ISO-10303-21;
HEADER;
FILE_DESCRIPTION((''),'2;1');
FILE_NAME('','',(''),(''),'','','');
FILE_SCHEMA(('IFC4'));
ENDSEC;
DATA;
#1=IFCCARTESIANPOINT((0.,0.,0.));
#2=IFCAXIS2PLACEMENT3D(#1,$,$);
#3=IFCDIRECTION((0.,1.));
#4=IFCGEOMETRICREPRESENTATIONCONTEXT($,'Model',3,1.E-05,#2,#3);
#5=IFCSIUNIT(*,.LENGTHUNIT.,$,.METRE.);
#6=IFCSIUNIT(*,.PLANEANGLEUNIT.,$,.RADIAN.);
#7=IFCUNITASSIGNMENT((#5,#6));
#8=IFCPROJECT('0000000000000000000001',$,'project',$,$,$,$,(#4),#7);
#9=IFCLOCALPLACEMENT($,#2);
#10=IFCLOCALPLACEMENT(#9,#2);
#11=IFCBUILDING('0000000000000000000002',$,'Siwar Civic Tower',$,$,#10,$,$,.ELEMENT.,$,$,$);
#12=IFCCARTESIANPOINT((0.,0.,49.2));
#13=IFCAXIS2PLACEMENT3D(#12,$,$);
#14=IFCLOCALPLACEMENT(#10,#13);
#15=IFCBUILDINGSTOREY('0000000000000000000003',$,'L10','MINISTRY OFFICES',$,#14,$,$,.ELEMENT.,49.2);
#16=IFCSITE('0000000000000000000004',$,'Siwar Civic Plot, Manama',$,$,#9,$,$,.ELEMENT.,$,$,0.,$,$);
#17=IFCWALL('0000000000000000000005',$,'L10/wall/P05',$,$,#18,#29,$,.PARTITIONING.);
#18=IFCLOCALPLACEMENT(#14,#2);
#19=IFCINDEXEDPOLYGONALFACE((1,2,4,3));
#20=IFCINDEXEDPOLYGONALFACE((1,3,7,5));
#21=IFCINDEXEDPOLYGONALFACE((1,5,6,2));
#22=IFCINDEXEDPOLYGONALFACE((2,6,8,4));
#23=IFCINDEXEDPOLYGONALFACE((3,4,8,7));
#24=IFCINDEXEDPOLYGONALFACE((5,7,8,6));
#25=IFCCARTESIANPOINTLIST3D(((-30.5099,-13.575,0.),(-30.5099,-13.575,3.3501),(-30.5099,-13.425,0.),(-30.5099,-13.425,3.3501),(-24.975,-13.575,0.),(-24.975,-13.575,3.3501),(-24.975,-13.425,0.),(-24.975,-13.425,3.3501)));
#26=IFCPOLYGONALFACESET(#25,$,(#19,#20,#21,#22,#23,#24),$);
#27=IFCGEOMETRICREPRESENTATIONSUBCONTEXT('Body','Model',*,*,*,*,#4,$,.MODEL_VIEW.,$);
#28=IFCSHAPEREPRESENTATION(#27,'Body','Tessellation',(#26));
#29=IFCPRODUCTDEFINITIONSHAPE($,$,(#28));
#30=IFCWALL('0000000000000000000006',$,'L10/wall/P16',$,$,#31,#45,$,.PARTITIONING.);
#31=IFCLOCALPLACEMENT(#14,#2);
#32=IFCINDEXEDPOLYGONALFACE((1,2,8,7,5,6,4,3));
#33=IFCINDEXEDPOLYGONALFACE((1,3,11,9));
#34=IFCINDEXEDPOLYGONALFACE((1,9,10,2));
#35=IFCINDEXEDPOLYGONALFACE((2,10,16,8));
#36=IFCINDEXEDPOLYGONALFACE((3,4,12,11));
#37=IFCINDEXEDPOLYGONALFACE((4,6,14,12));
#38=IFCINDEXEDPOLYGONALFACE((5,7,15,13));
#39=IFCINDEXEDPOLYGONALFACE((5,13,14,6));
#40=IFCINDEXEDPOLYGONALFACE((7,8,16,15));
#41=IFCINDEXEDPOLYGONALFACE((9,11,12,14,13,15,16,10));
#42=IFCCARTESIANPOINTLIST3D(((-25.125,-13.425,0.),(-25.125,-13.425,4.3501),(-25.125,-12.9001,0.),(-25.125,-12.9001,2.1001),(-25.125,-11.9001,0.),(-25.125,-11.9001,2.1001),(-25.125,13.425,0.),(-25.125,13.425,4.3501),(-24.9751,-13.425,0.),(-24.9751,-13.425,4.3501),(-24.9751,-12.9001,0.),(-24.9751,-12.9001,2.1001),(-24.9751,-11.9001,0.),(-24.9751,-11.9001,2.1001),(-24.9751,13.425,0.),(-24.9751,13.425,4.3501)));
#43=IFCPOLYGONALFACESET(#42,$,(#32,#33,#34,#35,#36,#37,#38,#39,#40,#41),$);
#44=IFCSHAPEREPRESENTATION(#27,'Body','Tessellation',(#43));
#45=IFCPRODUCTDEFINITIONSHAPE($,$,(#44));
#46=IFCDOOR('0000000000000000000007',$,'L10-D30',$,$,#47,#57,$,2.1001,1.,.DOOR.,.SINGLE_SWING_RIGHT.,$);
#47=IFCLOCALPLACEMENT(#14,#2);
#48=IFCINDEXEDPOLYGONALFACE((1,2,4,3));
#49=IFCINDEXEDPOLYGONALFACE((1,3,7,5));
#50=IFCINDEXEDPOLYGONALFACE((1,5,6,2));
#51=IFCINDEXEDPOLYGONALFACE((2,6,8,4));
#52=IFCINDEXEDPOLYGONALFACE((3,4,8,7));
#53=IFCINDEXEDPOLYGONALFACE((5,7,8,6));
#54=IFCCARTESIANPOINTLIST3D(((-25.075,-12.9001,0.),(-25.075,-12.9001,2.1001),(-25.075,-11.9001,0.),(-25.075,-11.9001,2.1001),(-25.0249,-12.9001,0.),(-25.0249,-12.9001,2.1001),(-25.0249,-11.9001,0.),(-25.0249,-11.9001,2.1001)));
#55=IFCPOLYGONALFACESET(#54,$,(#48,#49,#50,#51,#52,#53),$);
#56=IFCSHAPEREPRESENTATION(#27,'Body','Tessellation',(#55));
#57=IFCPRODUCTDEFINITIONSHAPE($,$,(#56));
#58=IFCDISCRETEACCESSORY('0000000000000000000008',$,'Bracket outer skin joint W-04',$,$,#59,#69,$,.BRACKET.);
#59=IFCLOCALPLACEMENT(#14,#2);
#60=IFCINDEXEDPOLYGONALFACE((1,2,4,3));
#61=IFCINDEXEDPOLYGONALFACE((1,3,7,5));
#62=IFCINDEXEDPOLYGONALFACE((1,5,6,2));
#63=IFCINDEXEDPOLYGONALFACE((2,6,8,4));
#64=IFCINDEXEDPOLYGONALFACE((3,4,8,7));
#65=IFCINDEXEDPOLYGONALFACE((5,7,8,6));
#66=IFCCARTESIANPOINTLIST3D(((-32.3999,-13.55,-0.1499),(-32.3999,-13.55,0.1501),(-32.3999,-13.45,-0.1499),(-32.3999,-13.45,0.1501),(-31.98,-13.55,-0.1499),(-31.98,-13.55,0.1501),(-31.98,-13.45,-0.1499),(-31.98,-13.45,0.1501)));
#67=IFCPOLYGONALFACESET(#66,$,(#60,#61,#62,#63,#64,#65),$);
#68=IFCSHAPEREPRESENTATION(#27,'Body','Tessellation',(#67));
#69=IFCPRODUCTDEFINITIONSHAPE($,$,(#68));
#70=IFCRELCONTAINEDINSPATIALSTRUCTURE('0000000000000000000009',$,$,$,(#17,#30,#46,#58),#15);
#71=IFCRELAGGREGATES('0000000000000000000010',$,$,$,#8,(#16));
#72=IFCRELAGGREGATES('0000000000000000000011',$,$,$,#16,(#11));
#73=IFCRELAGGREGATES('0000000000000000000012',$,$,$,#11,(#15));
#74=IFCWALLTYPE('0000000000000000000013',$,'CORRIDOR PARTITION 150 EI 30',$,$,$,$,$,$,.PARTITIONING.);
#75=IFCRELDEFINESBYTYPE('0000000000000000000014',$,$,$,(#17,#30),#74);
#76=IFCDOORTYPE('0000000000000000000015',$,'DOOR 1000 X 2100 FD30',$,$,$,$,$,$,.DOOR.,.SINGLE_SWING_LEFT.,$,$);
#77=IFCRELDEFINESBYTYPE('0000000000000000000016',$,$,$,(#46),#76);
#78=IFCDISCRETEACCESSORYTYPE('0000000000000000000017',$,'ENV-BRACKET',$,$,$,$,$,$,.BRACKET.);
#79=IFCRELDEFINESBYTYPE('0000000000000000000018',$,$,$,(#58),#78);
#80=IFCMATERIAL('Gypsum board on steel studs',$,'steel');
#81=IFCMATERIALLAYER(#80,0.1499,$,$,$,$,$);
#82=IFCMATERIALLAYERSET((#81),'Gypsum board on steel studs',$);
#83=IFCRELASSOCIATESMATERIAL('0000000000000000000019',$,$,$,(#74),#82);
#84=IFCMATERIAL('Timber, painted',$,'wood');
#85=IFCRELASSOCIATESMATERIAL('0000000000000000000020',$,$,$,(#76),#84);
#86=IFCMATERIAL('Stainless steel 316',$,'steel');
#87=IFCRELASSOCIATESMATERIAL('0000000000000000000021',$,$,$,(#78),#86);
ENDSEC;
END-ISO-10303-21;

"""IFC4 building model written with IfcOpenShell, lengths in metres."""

from ifc_helpers import new_model, si_unit, direction, frame, frame_2d, origin, origin_2d, place, context, subcontext, project, spatial, rectangle, extrude, material, layer, layer_set, type_object, element, fill, save


model = new_model("IFC4")

# Units and contexts
model_context = context("Model", 3, precision=1e-05, world=origin(), true_north=direction((0.0, 1.0)))
body_context = subcontext(model_context, "Body", "Model", "MODEL_VIEW")
ifc_project = project(units=[si_unit("LENGTHUNIT", "METRE"), si_unit("PLANEANGLEUNIT", "RADIAN")], contexts=[model_context])

# Site, building, storey
site_placement = place(None, origin())
site = spatial("IfcSite", under=ifc_project, at=site_placement, Name="Siwar Civic Plot, Manama", CompositionType="ELEMENT", RefElevation=0.0)
building_placement = place(site_placement, origin())
building = spatial("IfcBuilding", under=site, at=building_placement, Name="Siwar Civic Tower", CompositionType="ELEMENT")
storey_placement = place(building_placement, frame((0.0, 0.0, 49.2)))
storey = spatial("IfcBuildingStorey", under=building, at=storey_placement, Name="L10", Description="MINISTRY OFFICES", CompositionType="ELEMENT", Elevation=49.2)

# Shared definitions
ifc_material_1 = material(Name="Gypsum board on steel studs", Category="steel")
ifc_layer_1 = layer(ifc_material_1, 0.1499)
ifc_layer_set_1 = layer_set([ifc_layer_1], Name="Gypsum board on steel studs")
wall_type_1 = type_object("IfcWallType", Name="CORRIDOR PARTITION 150 EI 30", PredefinedType="PARTITIONING", material=ifc_layer_set_1)
ifc_material_2 = material(Name="Timber, painted", Category="wood")
door_type_1 = type_object("IfcDoorType", Name="DOOR 1000 X 2100 FD30", OperationType="SINGLE_SWING_LEFT", PredefinedType="DOOR", material=ifc_material_2)

# Wall
wall_1_placement = place(storey_placement, frame((-30.51, -13.5, 0.0), z_axis=(0.0, 0.0, 1.0), x_axis=(1.0, 0.0, 0.0)))
element("IfcWall", 1, at=wall_1_placement, inside=storey, type_object=wall_type_1, Name="L10/wall/P05", PredefinedType="PARTITIONING", context=body_context, shape_type="SweptSolid", body=[
    extrude(rectangle(XDim=5.5349, YDim=0.1499, at=frame_2d((2.7676, 0.0))), origin(), (0.0, 0.0, 1.0), 3.3501),
])

# Wall, opening, door
wall_2_placement = place(storey_placement, frame((-25.05, -13.425, 0.0), z_axis=(0.0, 0.0, 1.0), x_axis=(0.0, 1.0, 0.0)))
wall_2 = element("IfcWall", 2, at=wall_2_placement, inside=storey, type_object=wall_type_1, Name="L10/wall/P16", PredefinedType="PARTITIONING", context=body_context, shape_type="SweptSolid", body=[
    extrude(rectangle(XDim=26.8501, YDim=0.1499, at=frame_2d((13.425, 0.0))), origin(), (0.0, 0.0, 1.0), 4.3501),
])
opening_1_placement = place(wall_2_placement, frame((0.5249, 0.0, 0.0)))
opening_1 = element("IfcOpeningElement", 3, at=opening_1_placement, cuts=wall_2, PredefinedType="OPENING", context=body_context, shape_type="SweptSolid", body=[
    extrude(rectangle(XDim=1.0, YDim=2.1001, at=frame_2d((0.5, 1.05))), frame((0.0, 0.085, 0.0), z_axis=(0.0, -1.0, 0.0), x_axis=(1.0, 0.0, 0.0)), (0.0, 0.0, 1.0), 0.1699),
])
door_1_placement = place(opening_1_placement, origin())
door_1 = element("IfcDoor", 4, at=door_1_placement, inside=storey, type_object=door_type_1, Name="L10-D30", OperationType="SINGLE_SWING_RIGHT", OverallHeight=2.1001, OverallWidth=1.0, PredefinedType="DOOR", context=body_context, shape_type="SweptSolid", body=[
    extrude(rectangle(XDim=1.0, YDim=2.1001, at=frame_2d((0.5, 1.05))), frame((0.0, 0.0249, 0.0), z_axis=(0.0, -1.0, 0.0), x_axis=(1.0, 0.0, 0.0)), (0.0, 0.0, 1.0), 0.05),
])
fill(opening_1, door_1)

# Discrete accessory
ifc_material_3 = material(Name="Stainless steel 316", Category="steel")
discrete_accessory_type = type_object("IfcDiscreteAccessoryType", Name="ENV-BRACKET", PredefinedType="BRACKET", material=ifc_material_3)
discrete_accessory_placement = place(storey_placement, frame((-32.1899, -13.5, -0.1499), z_axis=(0.0, 0.0, 1.0), x_axis=(-1.0, 0.0, 0.0)))
element("IfcDiscreteAccessory", 5, at=discrete_accessory_placement, inside=storey, type_object=discrete_accessory_type, Name="Bracket outer skin joint W-04", PredefinedType="BRACKET", context=body_context, shape_type="SweptSolid", body=[
    extrude(rectangle(XDim=0.4199, YDim=0.1001, at=origin_2d()), origin(), (0.0, 0.0, 1.0), 0.3),
])

save(model, "model.ifc")
